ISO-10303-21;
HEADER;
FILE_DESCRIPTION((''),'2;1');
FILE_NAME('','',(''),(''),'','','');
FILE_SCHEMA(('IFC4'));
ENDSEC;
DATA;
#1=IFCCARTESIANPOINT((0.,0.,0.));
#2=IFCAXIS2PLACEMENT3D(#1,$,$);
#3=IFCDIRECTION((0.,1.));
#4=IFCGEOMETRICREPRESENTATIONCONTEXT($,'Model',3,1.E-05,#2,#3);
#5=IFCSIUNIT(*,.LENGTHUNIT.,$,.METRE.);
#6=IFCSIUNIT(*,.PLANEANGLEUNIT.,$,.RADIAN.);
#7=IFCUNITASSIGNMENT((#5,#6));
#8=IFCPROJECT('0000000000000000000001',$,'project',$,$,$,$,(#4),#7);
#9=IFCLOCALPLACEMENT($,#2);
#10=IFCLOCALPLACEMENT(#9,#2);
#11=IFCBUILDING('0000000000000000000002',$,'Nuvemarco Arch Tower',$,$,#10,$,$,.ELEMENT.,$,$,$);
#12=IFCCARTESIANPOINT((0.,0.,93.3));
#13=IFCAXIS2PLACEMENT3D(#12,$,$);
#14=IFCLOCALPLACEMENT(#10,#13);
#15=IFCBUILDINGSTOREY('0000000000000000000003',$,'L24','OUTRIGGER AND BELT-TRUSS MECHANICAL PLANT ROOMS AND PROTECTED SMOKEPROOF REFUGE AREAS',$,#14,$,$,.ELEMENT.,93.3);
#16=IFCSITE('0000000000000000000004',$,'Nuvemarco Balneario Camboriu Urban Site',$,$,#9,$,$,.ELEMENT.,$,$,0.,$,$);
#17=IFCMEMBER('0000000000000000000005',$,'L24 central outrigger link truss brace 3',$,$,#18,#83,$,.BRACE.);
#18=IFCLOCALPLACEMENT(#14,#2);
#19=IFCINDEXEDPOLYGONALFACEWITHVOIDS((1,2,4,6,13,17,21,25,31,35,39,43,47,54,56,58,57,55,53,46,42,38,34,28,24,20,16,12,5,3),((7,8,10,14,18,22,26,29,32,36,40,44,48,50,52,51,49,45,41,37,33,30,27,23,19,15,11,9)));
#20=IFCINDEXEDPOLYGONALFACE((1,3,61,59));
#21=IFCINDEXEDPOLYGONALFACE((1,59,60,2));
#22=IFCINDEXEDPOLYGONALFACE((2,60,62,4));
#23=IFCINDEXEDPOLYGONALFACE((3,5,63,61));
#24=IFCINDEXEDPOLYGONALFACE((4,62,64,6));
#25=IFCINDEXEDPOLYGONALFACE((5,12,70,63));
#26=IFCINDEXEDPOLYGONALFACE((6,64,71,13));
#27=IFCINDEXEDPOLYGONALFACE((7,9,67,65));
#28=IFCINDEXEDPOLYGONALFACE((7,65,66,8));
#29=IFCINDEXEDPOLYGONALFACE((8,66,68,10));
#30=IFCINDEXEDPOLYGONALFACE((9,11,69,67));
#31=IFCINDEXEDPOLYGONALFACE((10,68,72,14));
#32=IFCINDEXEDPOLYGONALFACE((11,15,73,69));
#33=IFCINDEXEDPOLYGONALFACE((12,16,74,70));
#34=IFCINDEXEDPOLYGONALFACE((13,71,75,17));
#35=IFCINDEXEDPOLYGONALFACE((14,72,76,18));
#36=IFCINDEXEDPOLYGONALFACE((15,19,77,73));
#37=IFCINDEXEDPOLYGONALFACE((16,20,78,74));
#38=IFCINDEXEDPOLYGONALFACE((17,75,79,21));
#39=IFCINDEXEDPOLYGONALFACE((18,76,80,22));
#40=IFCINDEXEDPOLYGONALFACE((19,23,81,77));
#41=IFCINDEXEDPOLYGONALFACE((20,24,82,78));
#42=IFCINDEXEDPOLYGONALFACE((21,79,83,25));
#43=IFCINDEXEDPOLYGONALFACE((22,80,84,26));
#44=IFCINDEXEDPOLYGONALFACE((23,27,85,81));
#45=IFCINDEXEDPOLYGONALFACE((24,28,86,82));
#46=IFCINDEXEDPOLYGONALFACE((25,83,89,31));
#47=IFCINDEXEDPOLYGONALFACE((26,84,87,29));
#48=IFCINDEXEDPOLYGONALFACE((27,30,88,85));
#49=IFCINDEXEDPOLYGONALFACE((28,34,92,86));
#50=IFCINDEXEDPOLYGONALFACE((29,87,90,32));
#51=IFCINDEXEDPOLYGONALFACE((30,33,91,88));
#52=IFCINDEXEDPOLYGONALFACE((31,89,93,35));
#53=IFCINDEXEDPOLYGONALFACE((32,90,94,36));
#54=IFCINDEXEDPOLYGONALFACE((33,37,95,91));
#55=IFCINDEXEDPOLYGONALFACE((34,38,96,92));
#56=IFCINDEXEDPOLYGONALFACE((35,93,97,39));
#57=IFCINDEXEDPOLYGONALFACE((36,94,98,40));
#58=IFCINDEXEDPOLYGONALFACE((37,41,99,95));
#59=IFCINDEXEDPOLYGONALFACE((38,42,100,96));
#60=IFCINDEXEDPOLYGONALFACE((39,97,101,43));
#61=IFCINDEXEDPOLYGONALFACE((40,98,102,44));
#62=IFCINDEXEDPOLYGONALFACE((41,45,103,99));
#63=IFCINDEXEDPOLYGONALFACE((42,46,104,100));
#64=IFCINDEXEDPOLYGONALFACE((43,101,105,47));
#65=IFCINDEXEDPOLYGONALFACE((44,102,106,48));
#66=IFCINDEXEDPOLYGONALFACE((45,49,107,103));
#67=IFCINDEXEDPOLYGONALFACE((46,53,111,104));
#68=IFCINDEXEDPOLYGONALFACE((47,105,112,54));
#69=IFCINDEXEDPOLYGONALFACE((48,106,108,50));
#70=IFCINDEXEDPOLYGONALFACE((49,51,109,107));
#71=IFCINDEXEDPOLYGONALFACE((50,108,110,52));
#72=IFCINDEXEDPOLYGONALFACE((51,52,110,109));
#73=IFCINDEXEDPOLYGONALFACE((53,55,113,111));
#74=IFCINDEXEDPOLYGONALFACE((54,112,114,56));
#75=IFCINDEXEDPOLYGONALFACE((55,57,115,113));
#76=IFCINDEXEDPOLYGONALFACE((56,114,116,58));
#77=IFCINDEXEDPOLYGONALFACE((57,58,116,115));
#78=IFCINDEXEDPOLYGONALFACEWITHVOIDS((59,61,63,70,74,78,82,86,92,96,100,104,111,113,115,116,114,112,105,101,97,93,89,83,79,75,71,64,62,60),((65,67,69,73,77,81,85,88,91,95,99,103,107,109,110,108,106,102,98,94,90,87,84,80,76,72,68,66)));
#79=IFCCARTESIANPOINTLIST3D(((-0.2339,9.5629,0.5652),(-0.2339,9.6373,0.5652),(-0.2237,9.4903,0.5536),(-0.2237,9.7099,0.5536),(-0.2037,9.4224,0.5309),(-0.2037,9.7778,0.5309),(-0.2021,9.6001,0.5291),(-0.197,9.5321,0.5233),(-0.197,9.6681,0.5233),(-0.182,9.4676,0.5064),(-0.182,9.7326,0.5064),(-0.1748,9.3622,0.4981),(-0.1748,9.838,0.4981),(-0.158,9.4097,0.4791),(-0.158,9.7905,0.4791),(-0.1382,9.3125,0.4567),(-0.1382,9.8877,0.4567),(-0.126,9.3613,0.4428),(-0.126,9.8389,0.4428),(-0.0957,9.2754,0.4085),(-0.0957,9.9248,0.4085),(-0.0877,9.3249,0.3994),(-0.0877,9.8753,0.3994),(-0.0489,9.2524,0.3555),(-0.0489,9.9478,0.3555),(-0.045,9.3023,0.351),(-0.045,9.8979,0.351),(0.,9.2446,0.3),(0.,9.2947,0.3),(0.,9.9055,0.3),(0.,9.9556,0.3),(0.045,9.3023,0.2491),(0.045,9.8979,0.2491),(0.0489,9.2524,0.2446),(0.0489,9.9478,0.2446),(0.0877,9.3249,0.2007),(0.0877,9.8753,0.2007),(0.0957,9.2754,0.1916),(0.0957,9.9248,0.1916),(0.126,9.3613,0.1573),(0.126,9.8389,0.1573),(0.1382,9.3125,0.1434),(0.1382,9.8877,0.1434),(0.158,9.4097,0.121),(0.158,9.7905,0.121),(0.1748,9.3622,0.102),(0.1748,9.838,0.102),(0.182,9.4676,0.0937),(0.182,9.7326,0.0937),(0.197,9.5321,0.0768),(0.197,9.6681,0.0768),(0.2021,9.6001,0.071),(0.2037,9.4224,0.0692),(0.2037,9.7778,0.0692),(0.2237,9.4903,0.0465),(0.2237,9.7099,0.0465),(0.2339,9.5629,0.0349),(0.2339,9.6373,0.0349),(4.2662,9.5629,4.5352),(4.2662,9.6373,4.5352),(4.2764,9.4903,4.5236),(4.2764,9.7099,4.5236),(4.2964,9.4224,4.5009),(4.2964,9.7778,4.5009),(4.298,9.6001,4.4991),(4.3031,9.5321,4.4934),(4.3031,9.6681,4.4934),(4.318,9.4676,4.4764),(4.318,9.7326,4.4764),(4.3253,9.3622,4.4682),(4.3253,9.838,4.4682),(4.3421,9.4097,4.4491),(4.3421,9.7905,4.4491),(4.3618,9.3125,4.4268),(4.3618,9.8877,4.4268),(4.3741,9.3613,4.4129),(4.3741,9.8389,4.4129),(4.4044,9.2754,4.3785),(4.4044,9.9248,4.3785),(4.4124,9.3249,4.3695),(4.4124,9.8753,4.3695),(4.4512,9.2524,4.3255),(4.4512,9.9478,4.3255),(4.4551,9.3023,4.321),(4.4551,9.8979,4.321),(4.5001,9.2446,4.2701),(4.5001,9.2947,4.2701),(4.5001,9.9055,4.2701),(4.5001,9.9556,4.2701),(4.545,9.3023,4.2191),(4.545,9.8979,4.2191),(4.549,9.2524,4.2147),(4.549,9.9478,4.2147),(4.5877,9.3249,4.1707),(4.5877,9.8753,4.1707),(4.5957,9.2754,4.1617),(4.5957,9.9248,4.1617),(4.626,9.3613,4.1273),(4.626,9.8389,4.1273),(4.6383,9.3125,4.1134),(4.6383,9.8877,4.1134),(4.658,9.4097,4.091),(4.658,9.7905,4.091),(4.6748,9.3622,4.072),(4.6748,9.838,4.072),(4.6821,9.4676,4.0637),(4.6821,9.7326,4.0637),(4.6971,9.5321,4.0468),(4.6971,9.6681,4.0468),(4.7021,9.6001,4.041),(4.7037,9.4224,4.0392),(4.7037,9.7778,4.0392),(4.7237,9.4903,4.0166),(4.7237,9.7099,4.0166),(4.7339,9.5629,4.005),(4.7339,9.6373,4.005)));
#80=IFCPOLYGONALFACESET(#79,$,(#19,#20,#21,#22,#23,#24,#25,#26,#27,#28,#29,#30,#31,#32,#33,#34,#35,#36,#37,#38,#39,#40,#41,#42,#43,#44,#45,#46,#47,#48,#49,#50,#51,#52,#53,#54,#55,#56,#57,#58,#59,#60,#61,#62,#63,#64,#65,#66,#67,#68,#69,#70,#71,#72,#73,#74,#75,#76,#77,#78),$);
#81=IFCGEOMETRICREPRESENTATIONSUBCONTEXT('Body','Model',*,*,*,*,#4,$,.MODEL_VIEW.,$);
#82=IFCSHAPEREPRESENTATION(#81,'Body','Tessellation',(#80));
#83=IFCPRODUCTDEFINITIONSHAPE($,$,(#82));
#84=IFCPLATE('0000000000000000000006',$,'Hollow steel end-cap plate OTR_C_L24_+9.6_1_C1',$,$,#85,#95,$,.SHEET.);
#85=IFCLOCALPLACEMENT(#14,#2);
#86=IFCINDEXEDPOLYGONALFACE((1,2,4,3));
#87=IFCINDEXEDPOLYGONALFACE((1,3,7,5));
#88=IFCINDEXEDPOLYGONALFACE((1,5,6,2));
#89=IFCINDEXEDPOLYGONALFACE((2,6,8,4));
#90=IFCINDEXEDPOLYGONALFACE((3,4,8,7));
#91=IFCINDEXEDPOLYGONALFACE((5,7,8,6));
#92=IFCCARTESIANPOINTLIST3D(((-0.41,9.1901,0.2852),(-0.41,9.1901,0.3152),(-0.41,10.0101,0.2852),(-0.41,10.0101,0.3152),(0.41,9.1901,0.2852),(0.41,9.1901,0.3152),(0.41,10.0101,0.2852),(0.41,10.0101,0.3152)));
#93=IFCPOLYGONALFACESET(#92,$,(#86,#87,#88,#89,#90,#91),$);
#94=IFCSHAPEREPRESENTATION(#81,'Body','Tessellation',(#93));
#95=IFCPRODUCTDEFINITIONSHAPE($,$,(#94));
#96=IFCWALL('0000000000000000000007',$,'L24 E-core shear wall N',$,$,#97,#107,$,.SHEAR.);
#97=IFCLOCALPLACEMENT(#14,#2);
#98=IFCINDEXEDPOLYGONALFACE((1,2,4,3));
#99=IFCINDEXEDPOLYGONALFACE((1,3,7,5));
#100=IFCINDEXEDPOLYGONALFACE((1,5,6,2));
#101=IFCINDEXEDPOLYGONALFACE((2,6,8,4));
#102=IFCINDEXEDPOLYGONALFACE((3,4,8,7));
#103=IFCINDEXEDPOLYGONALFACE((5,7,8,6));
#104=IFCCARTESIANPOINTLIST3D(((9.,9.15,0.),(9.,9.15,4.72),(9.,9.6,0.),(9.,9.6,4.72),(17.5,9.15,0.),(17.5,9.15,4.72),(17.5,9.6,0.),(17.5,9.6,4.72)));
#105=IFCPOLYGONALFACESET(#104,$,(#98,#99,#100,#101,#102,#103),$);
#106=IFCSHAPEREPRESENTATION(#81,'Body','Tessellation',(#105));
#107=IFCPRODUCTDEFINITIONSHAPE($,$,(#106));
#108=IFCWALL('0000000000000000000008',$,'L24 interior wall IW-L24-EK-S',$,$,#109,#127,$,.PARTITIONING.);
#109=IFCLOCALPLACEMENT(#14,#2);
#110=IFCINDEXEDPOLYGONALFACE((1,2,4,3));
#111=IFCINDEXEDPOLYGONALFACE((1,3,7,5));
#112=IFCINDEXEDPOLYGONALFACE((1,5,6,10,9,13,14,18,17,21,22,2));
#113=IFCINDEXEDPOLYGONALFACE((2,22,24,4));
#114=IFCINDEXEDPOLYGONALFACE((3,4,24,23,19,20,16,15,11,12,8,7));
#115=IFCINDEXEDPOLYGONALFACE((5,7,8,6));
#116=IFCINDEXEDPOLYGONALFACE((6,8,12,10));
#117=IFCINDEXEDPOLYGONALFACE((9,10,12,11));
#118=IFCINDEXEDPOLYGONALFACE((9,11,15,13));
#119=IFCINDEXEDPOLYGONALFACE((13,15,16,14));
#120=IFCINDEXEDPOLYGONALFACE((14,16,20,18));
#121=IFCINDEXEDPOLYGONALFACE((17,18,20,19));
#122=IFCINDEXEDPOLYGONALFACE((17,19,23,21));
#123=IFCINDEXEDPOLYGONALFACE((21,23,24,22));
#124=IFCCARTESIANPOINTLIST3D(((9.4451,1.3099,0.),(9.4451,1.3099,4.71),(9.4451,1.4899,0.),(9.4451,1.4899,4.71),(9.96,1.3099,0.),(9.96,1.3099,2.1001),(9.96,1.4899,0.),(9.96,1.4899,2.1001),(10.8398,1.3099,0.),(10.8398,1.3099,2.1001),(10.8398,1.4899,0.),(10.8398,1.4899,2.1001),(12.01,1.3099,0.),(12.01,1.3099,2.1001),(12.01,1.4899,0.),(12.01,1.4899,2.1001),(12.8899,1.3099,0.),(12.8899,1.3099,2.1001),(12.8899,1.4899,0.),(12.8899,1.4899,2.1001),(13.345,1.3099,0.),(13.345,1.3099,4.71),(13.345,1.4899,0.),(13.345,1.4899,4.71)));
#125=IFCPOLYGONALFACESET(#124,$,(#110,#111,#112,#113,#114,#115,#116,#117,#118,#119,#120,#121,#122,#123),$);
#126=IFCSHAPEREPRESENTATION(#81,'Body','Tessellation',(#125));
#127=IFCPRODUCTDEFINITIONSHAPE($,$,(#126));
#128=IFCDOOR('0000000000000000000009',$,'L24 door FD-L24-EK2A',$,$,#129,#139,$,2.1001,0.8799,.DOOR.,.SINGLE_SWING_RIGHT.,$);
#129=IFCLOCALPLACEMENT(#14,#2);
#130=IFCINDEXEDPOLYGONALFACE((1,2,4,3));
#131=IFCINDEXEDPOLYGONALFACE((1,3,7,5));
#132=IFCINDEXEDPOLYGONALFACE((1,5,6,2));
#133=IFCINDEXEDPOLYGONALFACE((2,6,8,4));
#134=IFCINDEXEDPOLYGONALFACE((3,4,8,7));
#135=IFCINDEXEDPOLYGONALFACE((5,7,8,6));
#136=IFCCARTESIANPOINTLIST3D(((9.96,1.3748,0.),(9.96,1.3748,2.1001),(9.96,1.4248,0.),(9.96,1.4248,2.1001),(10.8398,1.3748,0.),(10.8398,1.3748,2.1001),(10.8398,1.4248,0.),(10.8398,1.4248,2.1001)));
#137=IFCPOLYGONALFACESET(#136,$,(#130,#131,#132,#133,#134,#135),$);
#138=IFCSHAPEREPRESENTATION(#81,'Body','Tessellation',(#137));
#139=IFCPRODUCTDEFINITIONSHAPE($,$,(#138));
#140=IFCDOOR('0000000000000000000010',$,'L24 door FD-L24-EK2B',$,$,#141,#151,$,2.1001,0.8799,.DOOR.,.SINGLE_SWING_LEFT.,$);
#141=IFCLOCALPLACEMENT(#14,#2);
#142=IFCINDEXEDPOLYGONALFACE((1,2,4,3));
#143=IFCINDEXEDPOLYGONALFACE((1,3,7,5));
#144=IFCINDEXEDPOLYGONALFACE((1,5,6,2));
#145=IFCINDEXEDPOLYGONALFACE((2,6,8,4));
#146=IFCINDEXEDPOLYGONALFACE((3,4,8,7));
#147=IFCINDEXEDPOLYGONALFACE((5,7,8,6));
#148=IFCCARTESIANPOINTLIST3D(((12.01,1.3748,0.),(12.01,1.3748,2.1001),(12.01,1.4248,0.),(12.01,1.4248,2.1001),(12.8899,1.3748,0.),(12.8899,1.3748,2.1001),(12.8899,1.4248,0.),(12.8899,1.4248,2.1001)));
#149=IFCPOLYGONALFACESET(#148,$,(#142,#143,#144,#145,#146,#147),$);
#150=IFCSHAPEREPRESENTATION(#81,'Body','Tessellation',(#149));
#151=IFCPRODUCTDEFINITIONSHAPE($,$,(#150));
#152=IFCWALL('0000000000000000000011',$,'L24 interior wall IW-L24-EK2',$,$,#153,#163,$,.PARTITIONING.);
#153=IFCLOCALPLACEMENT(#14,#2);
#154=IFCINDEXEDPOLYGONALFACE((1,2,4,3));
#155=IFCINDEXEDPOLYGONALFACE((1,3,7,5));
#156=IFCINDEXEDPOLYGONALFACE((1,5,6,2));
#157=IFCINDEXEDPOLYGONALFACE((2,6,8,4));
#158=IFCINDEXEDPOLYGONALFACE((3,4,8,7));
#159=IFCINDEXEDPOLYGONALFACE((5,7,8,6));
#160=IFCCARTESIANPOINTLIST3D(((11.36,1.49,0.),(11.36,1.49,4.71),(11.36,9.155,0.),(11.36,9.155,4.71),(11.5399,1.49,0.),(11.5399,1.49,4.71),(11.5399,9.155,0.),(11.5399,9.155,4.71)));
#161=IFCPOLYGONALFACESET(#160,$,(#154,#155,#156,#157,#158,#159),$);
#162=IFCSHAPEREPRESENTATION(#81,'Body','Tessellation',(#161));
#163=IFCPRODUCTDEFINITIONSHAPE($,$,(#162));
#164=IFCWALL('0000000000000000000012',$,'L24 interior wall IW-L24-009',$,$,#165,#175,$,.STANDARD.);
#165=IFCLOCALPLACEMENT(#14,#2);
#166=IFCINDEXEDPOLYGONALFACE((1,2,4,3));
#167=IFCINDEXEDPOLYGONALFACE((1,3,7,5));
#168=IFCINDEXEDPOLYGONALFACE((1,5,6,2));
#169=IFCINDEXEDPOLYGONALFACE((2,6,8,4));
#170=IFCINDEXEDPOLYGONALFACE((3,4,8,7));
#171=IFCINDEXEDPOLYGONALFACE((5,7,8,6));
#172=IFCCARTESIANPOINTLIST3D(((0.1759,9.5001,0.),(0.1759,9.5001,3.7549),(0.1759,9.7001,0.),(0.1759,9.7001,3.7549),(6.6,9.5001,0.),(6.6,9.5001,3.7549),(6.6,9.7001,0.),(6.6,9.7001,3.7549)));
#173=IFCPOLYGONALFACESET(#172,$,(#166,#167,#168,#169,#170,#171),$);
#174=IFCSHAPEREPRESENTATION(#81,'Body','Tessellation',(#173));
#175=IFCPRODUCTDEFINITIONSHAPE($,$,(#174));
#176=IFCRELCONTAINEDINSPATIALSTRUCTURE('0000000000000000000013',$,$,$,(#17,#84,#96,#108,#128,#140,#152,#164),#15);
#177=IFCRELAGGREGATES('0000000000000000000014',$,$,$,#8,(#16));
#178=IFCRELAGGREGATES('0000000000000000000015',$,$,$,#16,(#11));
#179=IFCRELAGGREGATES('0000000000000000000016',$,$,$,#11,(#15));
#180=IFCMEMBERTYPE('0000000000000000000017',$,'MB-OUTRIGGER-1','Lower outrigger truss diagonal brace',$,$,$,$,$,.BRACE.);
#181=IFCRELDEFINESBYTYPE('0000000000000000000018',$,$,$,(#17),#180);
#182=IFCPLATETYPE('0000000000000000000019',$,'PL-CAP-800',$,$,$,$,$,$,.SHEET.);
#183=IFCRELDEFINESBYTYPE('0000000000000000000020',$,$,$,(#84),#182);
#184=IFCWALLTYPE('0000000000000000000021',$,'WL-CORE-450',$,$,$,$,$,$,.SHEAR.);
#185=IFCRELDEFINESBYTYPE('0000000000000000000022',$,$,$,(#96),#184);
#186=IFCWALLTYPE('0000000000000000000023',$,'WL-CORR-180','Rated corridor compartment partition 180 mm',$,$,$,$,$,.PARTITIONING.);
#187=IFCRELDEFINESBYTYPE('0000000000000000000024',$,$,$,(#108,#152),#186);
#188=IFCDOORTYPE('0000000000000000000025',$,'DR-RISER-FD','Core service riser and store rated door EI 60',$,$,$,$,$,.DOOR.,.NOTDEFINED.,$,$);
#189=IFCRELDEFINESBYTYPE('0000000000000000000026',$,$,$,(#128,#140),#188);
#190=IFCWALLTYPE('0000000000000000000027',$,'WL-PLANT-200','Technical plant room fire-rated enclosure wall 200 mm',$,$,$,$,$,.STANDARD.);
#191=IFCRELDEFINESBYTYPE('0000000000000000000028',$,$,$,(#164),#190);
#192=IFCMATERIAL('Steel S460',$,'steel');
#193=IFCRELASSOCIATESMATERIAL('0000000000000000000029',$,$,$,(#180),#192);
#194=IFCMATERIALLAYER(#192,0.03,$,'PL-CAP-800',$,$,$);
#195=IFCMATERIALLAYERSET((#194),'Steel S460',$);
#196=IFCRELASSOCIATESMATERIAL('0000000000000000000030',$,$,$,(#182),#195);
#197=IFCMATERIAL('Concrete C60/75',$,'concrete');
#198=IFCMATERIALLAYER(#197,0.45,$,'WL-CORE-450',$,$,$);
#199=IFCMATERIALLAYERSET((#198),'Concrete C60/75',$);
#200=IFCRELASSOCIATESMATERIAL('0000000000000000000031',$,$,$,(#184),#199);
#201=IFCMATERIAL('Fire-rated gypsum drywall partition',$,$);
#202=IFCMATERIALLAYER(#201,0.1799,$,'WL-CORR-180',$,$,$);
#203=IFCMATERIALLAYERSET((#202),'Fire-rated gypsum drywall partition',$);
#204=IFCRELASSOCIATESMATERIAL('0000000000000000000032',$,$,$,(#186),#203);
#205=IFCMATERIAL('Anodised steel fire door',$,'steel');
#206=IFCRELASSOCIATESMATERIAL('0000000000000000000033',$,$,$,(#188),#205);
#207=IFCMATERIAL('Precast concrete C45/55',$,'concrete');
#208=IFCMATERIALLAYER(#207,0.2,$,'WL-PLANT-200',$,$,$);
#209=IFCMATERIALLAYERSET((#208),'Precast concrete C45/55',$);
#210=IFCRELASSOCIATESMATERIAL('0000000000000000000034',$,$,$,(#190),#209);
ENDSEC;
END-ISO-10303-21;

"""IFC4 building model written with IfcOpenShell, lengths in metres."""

from ifc_helpers import new_model, si_unit, direction, frame, frame_2d, origin, origin_2d, place, context, subcontext, project, spatial, rectangle, hollow_circle, extrude, source, transform, mapped, material, layer, layer_set, material_profile, profile_set, type_object, type_shapes, element, fill, save


model = new_model("IFC4")

# Units and contexts
model_context = context("Model", 3, precision=1e-05, world=origin(), true_north=direction((0.0, 1.0)))
body_context = subcontext(model_context, "Body", "Model", "MODEL_VIEW")
ifc_project = project(units=[si_unit("LENGTHUNIT", "METRE"), si_unit("PLANEANGLEUNIT", "RADIAN")], contexts=[model_context])

# Site, building, storey
site_placement = place(None, origin())
site = spatial("IfcSite", under=ifc_project, at=site_placement, Name="Nuvemarco Balneario Camboriu Urban Site", CompositionType="ELEMENT", RefElevation=0.0)
building_placement = place(site_placement, origin())
building = spatial("IfcBuilding", under=site, at=building_placement, Name="Nuvemarco Arch Tower", CompositionType="ELEMENT")
storey_placement = place(building_placement, frame((0.0, 0.0, 93.3)))
storey = spatial("IfcBuildingStorey", under=building, at=storey_placement, Name="L24", Description="OUTRIGGER AND BELT-TRUSS MECHANICAL PLANT ROOMS AND PROTECTED SMOKEPROOF REFUGE AREAS", CompositionType="ELEMENT", Elevation=93.3)

# Shared definitions
ifc_material_1 = material(Name="Concrete C60/75", Category="concrete")

# Member
ifc_material_2 = material(Name="Steel S460", Category="steel")
ifc_material_profile_1 = material_profile(ifc_material_2, hollow_circle(Radius=0.3555, WallThickness=0.05, at=origin_2d()), Name="CHS711x50")
ifc_profile_set_1 = profile_set([ifc_material_profile_1], Name="Steel S460")
member_type = type_object("IfcMemberType", Name="MB-OUTRIGGER-1", Description="Lower outrigger truss diagonal brace", PredefinedType="BRACE", material=ifc_profile_set_1)
member_placement = place(storey_placement, frame((0.0, 9.6001, 0.3), z_axis=(0.749889, 0.0, 0.661564), x_axis=(0.0, 1.0, 0.0)))
element("IfcMember", 1, at=member_placement, inside=storey, type_object=member_type, Name="L24 central outrigger link truss brace 3", PredefinedType="BRACE", context=body_context, shape_type="SweptSolid", body=[
    extrude(hollow_circle(Radius=0.3555, WallThickness=0.05, at=origin_2d()), origin(), (0.0, 0.0, 1.0), 6.001),
])

# Plate
ifc_layer_1 = layer(ifc_material_2, 0.03, Name="PL-CAP-800")
ifc_layer_set_1 = layer_set([ifc_layer_1], Name="Steel S460")
plate_type = type_object("IfcPlateType", Name="PL-CAP-800", PredefinedType="SHEET", material=ifc_layer_set_1)
shared_shape_1 = source(origin(), body_context, "Body", "SweptSolid", [
    extrude(rectangle(XDim=0.8201, YDim=0.8201, at=origin_2d()), origin(), (0.0, 0.0, 1.0), 0.03),
])
type_shapes(plate_type, [shared_shape_1])
plate_placement = place(storey_placement, frame((0.0, 9.6001, 0.2852), z_axis=(0.0, 0.0, 1.0), x_axis=(1.0, 0.0, 0.0)))
element("IfcPlate", 2, at=plate_placement, inside=storey, type_object=plate_type, Name="Hollow steel end-cap plate OTR_C_L24_+9.6_1_C1", PredefinedType="SHEET", context=body_context, shape_type="MappedRepresentation", body=[
    mapped(shared_shape_1, transform((0.0, 0.0, 0.0), scale=1.0)),
])

# Wall
ifc_layer_2 = layer(ifc_material_1, 0.45, Name="WL-CORE-450")
ifc_layer_set_2 = layer_set([ifc_layer_2], Name="Concrete C60/75")
wall_type_1 = type_object("IfcWallType", Name="WL-CORE-450", PredefinedType="SHEAR", material=ifc_layer_set_2)
wall_1_placement = place(storey_placement, frame((9.0, 9.375, 0.0), z_axis=(0.0, 0.0, 1.0), x_axis=(1.0, 0.0, 0.0)))
element("IfcWall", 3, at=wall_1_placement, inside=storey, type_object=wall_type_1, Name="L24 E-core shear wall N", PredefinedType="SHEAR", context=body_context, shape_type="SweptSolid", body=[
    extrude(rectangle(XDim=8.5, YDim=0.45, at=frame_2d((4.25, 0.0))), origin(), (0.0, 0.0, 1.0), 4.72),
])

# Wall, openings, doors
ifc_material_3 = material(Name="Fire-rated gypsum drywall partition")
ifc_layer_3 = layer(ifc_material_3, 0.1799, Name="WL-CORR-180")
ifc_layer_set_3 = layer_set([ifc_layer_3], Name="Fire-rated gypsum drywall partition")
wall_type_2 = type_object("IfcWallType", Name="WL-CORR-180", Description="Rated corridor compartment partition 180 mm", PredefinedType="PARTITIONING", material=ifc_layer_set_3)
wall_2_placement = place(storey_placement, frame((9.4451, 1.3999, 0.0), z_axis=(0.0, 0.0, 1.0), x_axis=(1.0, 0.0, 0.0)))
wall_2 = element("IfcWall", 4, at=wall_2_placement, inside=storey, type_object=wall_type_2, Name="L24 interior wall IW-L24-EK-S", PredefinedType="PARTITIONING", context=body_context, shape_type="SweptSolid", body=[
    extrude(rectangle(XDim=3.8999, YDim=0.1799, at=frame_2d((1.95, 0.0))), origin(), (0.0, 0.0, 1.0), 4.71),
])
opening_1_placement = place(wall_2_placement, frame((0.5149, 0.0, 0.0)))
opening_1 = element("IfcOpeningElement", 5, at=opening_1_placement, cuts=wall_2, PredefinedType="OPENING", context=body_context, shape_type="SweptSolid", body=[
    extrude(rectangle(XDim=0.8799, YDim=2.1001, at=frame_2d((0.4399, 1.05))), frame((0.0, 0.0999, 0.0), z_axis=(0.0, -1.0, 0.0), x_axis=(1.0, 0.0, 0.0)), (0.0, 0.0, 1.0), 0.2),
])
opening_2_placement = place(wall_2_placement, frame((2.5649, 0.0, 0.0)))
opening_2 = element("IfcOpeningElement", 6, at=opening_2_placement, cuts=wall_2, PredefinedType="OPENING", context=body_context, shape_type="SweptSolid", body=[
    extrude(rectangle(XDim=0.8799, YDim=2.1001, at=frame_2d((0.4399, 1.05))), frame((0.0, 0.0999, 0.0), z_axis=(0.0, -1.0, 0.0), x_axis=(1.0, 0.0, 0.0)), (0.0, 0.0, 1.0), 0.2),
])
ifc_material_4 = material(Name="Anodised steel fire door", Category="steel")
door_type_1 = type_object("IfcDoorType", Name="DR-RISER-FD", Description="Core service riser and store rated door EI 60", OperationType="NOTDEFINED", PredefinedType="DOOR", material=ifc_material_4)
shared_shape_2 = source(origin(), body_context, "Body", "SweptSolid", [
    extrude(rectangle(XDim=0.8799, YDim=2.1001, at=frame_2d((0.4399, 1.05))), frame((0.0, 0.0249, 0.0), z_axis=(0.0, -1.0, 0.0), x_axis=(1.0, 0.0, 0.0)), (0.0, 0.0, 1.0), 0.05),
])
type_shapes(door_type_1, [shared_shape_2])
door_1_placement = place(opening_1_placement, origin())
door_1 = element("IfcDoor", 7, at=door_1_placement, inside=storey, type_object=door_type_1, Name="L24 door FD-L24-EK2A", OperationType="SINGLE_SWING_RIGHT", OverallHeight=2.1001, OverallWidth=0.8799, PredefinedType="DOOR", context=body_context, shape_type="MappedRepresentation", body=[
    mapped(shared_shape_2, transform((0.0, 0.0, 0.0), scale=1.0)),
])
fill(opening_1, door_1)
door_2_placement = place(opening_2_placement, origin())
door_2 = element("IfcDoor", 8, at=door_2_placement, inside=storey, type_object=door_type_1, Name="L24 door FD-L24-EK2B", OperationType="SINGLE_SWING_LEFT", OverallHeight=2.1001, OverallWidth=0.8799, PredefinedType="DOOR", context=body_context, shape_type="MappedRepresentation", body=[
    mapped(shared_shape_2, transform((0.0, 0.0, 0.0), scale=1.0)),
])
fill(opening_2, door_2)

# Walls
wall_3_placement = place(storey_placement, frame((11.45, 1.49, 0.0), z_axis=(0.0, 0.0, 1.0), x_axis=(0.0, 1.0, 0.0)))
element("IfcWall", 9, at=wall_3_placement, inside=storey, type_object=wall_type_2, Name="L24 interior wall IW-L24-EK2", PredefinedType="PARTITIONING", context=body_context, shape_type="SweptSolid", body=[
    extrude(rectangle(XDim=7.665, YDim=0.1799, at=frame_2d((3.8325, 0.0))), origin(), (0.0, 0.0, 1.0), 4.71),
])
ifc_material_5 = material(Name="Precast concrete C45/55", Category="concrete")
ifc_layer_4 = layer(ifc_material_5, 0.2, Name="WL-PLANT-200")
ifc_layer_set_4 = layer_set([ifc_layer_4], Name="Precast concrete C45/55")
wall_type_3 = type_object("IfcWallType", Name="WL-PLANT-200", Description="Technical plant room fire-rated enclosure wall 200 mm", PredefinedType="STANDARD", material=ifc_layer_set_4)
wall_4_placement = place(storey_placement, frame((0.176, 9.6001, 0.0), z_axis=(0.0, 0.0, 1.0), x_axis=(1.0, 0.0, 0.0)))
element("IfcWall", 10, at=wall_4_placement, inside=storey, type_object=wall_type_3, Name="L24 interior wall IW-L24-009", PredefinedType="STANDARD", context=body_context, shape_type="SweptSolid", body=[
    extrude(rectangle(XDim=6.4241, YDim=0.2, at=frame_2d((3.2119, 0.0))), origin(), (0.0, 0.0, 1.0), 3.7549),
])

save(model, "model.ifc")
